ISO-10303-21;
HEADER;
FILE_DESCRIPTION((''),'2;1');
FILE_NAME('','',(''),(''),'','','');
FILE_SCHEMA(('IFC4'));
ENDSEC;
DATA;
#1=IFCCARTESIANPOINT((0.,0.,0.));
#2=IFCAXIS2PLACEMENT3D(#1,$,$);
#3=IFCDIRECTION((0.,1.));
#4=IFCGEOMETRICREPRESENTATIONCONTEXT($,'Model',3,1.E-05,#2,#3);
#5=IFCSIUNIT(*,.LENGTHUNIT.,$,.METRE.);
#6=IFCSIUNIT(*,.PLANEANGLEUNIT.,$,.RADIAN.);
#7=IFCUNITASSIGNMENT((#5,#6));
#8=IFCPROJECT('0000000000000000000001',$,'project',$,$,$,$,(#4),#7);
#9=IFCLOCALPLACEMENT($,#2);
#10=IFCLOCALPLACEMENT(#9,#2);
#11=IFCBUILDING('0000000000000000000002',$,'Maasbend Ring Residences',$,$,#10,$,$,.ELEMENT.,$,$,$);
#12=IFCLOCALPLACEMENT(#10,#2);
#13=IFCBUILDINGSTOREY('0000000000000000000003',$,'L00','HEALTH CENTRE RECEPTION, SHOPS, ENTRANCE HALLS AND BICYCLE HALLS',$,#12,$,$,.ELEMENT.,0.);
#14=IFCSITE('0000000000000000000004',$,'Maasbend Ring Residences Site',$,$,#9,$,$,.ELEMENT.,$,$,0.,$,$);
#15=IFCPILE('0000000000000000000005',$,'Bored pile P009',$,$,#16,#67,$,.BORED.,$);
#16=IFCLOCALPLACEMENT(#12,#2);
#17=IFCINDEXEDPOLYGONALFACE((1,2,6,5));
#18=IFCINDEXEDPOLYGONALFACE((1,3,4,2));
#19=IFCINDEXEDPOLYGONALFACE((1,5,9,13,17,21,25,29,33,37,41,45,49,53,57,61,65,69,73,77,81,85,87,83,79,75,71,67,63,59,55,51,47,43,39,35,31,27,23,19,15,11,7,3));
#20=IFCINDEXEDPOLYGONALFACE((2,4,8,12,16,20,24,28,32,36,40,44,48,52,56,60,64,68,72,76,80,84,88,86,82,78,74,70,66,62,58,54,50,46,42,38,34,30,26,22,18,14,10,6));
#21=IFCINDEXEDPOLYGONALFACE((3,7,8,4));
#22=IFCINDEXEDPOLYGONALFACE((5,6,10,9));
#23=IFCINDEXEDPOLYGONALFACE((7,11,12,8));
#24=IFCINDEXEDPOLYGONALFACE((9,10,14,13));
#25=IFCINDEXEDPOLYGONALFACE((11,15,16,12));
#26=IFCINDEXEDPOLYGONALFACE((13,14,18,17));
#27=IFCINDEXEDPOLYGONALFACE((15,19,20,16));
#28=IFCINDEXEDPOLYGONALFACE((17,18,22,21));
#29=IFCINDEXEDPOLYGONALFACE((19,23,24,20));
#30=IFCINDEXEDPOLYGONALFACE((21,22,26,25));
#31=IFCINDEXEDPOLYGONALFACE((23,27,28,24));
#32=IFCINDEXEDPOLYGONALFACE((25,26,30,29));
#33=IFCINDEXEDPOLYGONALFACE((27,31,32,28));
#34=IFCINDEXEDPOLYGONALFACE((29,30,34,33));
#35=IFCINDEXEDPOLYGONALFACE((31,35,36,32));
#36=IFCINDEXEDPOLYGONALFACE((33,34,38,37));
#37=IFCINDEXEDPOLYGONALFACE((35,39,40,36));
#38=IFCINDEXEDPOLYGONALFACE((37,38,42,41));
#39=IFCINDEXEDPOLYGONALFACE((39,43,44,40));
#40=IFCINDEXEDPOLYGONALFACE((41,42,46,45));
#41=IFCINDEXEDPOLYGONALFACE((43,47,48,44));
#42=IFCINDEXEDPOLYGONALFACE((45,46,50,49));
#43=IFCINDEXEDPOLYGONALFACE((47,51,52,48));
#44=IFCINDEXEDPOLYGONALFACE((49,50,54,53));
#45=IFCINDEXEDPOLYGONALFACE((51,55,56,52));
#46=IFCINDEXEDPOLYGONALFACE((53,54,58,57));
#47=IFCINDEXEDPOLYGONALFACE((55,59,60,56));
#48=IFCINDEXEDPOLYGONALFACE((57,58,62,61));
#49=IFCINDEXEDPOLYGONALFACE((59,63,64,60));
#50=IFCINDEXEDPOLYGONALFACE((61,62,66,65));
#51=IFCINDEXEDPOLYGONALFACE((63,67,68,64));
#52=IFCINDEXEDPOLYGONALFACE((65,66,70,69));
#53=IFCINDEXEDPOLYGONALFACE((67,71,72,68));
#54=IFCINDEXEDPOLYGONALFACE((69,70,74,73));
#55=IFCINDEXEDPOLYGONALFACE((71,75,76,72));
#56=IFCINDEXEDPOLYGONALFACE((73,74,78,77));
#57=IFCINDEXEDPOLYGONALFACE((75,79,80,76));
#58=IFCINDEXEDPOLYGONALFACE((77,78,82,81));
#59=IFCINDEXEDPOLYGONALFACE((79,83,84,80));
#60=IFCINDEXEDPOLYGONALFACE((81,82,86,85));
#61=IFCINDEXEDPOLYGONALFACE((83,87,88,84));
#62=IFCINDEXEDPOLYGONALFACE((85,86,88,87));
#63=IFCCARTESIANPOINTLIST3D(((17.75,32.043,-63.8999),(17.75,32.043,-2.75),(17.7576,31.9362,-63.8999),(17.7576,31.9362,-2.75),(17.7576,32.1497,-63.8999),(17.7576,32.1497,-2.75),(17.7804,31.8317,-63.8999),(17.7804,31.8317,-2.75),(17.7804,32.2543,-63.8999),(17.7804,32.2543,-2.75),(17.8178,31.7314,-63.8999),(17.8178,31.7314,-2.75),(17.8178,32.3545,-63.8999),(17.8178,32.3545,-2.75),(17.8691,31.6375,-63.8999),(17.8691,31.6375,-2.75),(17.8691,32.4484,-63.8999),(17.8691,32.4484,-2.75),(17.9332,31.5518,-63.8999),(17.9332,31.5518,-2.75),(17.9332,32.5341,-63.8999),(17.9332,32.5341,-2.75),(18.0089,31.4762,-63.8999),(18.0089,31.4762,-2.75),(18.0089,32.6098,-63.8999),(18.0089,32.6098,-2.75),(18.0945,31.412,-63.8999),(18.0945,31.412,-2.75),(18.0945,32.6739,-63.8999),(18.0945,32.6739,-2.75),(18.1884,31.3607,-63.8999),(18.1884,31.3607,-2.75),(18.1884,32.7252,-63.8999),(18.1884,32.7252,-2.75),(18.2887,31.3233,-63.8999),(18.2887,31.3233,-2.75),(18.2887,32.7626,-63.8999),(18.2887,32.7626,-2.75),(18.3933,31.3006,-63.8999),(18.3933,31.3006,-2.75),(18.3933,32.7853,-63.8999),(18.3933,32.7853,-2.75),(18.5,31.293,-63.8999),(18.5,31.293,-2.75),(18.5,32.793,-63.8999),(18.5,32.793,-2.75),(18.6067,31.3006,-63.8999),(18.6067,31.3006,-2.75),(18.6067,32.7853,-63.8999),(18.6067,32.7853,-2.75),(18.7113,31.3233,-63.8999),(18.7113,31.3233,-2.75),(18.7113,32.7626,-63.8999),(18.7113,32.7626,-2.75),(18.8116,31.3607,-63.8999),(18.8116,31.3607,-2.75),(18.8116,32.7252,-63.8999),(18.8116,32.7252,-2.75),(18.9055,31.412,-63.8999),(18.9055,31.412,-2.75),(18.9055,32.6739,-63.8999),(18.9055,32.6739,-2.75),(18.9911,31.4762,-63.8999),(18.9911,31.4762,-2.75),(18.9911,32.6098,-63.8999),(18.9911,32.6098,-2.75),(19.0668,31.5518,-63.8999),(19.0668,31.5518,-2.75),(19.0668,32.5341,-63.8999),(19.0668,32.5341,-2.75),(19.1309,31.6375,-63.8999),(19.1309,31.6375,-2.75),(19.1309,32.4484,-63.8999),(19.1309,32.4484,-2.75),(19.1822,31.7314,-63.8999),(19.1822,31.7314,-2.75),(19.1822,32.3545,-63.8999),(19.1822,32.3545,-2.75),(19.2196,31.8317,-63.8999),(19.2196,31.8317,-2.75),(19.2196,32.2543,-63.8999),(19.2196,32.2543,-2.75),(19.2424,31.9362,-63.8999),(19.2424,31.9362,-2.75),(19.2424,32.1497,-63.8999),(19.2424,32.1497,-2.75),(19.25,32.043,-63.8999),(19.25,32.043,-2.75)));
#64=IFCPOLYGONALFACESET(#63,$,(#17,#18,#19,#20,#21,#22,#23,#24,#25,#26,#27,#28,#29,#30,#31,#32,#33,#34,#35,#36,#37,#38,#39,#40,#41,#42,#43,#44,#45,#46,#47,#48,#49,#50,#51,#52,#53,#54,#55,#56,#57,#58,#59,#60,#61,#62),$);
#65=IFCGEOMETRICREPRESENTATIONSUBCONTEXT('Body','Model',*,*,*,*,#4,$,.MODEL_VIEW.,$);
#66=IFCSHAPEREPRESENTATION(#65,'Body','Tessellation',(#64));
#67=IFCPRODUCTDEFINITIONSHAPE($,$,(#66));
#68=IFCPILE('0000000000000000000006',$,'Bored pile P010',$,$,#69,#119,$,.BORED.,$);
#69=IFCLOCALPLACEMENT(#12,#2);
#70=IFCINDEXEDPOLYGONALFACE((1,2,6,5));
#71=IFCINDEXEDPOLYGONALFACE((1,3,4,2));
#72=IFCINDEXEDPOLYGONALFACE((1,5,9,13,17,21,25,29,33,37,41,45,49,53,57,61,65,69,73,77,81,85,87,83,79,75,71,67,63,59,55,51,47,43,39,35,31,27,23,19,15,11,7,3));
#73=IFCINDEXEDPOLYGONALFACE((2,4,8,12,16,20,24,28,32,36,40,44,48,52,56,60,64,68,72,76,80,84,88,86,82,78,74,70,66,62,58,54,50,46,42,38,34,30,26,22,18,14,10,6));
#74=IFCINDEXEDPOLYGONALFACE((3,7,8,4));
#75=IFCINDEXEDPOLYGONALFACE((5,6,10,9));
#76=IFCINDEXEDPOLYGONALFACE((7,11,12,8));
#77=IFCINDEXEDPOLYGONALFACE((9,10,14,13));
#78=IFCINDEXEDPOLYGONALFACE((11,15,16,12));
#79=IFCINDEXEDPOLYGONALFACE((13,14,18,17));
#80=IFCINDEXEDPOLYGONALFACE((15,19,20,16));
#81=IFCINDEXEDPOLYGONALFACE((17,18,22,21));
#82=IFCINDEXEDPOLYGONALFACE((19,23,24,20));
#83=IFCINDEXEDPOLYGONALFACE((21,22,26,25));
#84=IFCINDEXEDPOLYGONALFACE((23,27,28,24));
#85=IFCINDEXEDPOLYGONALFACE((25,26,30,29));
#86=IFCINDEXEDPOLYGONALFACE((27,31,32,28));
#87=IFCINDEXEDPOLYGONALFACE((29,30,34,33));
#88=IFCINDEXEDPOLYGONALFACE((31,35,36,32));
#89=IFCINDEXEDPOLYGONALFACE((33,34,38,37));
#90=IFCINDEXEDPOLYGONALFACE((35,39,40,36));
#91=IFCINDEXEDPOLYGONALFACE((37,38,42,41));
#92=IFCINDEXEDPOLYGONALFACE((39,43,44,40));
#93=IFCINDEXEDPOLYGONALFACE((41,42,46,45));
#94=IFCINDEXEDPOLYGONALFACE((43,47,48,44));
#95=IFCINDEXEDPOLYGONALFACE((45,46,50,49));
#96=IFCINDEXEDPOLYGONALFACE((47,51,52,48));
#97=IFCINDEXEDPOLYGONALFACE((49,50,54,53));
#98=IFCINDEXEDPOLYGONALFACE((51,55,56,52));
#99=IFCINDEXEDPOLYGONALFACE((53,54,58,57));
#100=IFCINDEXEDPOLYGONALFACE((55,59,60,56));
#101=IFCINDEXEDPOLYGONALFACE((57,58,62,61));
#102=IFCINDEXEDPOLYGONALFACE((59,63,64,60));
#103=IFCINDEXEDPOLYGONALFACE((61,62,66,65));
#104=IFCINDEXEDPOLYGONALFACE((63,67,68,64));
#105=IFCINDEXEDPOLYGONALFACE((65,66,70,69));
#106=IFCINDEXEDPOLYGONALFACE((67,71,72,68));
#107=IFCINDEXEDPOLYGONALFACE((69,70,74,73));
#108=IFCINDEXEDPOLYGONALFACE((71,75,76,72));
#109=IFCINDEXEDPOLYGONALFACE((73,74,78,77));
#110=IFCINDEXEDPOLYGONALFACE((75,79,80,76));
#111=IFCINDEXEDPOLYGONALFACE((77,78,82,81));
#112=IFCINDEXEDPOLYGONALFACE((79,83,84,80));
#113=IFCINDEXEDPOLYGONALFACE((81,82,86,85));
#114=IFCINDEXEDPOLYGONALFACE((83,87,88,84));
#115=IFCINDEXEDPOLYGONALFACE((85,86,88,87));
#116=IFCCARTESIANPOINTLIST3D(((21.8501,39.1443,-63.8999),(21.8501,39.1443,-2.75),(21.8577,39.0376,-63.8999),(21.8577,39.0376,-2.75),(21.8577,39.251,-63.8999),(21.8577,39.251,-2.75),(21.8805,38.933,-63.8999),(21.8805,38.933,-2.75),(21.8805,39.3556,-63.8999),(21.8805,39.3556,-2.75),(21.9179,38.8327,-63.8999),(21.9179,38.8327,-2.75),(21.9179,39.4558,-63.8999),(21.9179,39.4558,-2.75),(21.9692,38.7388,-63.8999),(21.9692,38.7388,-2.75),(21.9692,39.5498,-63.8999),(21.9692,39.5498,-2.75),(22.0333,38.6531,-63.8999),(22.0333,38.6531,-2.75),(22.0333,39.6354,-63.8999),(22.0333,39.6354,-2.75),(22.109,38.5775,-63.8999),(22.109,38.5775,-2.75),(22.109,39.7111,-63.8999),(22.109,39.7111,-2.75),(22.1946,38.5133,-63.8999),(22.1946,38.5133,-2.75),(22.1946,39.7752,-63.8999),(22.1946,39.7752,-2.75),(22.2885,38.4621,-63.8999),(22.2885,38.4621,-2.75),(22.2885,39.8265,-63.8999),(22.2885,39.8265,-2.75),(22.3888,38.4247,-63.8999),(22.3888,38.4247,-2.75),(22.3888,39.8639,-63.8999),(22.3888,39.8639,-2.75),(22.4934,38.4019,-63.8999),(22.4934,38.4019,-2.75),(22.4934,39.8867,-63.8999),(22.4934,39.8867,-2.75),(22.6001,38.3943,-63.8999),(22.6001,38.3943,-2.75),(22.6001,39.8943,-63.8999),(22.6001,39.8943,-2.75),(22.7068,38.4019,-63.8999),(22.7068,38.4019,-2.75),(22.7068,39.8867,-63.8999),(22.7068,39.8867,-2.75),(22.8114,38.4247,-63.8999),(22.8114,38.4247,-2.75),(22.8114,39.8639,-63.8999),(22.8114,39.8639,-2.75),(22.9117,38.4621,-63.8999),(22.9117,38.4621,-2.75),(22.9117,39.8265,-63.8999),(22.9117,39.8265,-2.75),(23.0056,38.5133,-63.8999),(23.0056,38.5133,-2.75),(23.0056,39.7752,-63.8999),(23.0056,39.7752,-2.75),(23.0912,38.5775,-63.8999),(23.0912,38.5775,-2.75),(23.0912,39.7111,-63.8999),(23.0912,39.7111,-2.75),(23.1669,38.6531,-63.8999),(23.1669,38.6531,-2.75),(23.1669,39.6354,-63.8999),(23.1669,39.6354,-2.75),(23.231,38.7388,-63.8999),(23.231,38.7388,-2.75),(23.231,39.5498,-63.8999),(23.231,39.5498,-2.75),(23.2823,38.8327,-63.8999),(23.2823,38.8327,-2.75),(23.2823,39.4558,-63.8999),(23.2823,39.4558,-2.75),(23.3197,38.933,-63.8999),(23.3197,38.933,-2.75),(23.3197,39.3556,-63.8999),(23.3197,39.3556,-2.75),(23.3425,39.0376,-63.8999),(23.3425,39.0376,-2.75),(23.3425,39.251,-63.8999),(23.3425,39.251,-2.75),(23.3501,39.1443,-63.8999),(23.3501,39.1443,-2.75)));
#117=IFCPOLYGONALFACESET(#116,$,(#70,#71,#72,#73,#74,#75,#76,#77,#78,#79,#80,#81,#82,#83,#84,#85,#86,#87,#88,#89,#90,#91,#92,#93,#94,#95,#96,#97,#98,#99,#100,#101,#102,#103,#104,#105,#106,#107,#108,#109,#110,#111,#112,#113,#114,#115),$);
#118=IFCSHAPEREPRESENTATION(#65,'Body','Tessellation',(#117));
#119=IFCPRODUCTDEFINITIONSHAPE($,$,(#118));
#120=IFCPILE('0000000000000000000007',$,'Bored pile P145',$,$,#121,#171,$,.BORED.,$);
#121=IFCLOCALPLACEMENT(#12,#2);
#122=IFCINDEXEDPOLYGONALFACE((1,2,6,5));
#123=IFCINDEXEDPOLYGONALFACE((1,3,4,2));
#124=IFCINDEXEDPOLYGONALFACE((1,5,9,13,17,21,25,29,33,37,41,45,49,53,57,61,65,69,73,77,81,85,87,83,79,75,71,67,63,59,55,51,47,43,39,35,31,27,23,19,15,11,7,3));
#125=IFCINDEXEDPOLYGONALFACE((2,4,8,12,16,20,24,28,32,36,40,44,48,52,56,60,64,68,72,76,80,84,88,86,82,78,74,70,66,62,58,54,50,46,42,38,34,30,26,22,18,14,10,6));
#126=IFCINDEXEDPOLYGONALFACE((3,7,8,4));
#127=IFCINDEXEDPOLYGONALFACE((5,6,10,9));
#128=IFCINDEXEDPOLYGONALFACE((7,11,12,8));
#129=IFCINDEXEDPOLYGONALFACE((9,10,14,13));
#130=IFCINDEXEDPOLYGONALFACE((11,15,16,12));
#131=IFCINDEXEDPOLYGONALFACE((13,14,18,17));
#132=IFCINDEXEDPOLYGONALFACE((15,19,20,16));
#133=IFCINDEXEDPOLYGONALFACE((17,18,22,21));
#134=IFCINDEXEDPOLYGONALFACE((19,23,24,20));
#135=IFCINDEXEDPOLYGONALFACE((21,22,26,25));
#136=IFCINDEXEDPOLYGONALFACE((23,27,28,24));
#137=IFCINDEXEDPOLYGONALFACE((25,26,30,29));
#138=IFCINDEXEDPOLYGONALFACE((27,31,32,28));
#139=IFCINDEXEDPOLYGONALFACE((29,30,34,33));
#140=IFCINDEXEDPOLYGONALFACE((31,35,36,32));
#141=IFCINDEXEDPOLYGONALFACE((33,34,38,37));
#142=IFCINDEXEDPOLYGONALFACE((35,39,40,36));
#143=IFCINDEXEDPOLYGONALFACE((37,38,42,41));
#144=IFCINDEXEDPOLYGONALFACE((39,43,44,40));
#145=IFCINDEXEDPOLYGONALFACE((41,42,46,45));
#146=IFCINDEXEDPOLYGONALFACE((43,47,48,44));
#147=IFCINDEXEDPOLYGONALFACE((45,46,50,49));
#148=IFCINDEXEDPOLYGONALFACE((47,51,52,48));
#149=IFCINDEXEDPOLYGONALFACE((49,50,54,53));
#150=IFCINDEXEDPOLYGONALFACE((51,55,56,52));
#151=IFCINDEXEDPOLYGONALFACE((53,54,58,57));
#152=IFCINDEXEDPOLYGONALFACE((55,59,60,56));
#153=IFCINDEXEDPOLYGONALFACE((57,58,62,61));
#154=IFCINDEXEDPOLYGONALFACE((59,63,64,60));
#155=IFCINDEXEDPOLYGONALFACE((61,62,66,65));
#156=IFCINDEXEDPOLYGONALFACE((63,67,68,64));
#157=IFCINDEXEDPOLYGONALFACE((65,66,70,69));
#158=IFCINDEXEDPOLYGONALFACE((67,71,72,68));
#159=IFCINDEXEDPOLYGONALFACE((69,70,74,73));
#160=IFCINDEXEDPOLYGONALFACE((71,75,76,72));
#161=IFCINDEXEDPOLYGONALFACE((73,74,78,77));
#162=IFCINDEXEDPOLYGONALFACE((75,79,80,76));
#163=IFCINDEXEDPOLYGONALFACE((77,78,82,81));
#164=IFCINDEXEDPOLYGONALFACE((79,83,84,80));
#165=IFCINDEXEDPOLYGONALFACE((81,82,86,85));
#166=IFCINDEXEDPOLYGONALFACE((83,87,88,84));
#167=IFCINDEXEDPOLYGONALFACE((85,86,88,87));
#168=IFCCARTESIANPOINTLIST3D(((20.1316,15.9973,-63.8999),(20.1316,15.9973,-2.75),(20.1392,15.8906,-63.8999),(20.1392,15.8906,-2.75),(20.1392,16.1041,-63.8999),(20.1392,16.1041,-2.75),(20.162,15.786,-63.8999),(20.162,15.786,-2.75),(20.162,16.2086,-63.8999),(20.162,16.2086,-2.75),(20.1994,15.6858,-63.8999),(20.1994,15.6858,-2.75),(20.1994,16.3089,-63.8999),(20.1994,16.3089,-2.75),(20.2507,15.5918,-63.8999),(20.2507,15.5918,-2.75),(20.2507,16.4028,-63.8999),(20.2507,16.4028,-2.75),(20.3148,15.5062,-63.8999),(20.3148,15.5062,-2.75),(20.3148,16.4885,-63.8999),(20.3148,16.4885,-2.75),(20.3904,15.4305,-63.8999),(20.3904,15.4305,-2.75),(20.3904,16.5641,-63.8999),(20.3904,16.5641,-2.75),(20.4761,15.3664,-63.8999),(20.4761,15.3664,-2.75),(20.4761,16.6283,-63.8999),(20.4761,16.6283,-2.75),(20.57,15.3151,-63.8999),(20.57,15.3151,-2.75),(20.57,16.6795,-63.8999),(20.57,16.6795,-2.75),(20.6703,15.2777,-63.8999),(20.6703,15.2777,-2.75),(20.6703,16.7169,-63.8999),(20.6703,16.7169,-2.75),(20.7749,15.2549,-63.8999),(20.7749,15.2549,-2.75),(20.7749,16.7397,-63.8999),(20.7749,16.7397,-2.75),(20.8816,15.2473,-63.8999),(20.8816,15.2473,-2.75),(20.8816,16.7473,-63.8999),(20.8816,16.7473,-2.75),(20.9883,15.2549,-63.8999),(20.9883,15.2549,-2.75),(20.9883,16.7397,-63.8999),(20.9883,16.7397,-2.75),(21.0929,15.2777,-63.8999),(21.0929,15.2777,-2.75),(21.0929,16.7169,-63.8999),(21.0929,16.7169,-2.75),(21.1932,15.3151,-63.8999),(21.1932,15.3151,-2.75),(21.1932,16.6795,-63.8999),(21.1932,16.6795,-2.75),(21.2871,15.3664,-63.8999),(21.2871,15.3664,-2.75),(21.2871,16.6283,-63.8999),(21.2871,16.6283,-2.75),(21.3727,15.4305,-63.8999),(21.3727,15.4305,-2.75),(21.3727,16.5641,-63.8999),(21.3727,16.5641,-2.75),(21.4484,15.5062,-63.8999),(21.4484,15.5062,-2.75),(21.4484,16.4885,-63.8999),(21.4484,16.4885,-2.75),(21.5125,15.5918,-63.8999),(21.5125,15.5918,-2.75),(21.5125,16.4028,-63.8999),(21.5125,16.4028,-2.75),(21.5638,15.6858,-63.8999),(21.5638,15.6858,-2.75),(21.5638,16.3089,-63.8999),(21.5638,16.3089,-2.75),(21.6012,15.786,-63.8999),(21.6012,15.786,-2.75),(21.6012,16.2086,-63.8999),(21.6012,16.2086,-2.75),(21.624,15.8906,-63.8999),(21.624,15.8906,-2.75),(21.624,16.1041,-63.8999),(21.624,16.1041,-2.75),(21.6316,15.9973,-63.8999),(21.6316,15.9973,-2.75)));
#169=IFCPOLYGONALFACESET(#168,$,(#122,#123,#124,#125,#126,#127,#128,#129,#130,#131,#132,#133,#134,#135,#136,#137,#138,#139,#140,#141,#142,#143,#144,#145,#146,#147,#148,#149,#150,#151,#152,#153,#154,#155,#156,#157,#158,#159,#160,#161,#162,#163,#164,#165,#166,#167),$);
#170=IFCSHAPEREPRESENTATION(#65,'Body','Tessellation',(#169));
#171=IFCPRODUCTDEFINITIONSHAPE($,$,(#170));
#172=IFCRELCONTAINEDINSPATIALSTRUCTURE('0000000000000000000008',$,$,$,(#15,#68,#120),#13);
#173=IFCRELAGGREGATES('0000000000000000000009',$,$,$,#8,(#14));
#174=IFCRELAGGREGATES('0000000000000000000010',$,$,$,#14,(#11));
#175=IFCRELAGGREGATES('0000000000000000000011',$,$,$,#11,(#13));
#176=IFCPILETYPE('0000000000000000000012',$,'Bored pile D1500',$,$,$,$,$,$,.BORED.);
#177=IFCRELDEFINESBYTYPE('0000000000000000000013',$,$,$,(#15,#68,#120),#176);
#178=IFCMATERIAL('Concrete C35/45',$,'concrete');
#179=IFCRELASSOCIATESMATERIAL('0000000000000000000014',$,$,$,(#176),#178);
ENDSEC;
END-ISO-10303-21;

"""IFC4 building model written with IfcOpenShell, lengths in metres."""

from ifc_helpers import new_model, si_unit, direction, frame, origin, origin_2d, place, context, subcontext, project, spatial, circle, extrude, material, material_profile, profile_set, type_object, element, save


model = new_model("IFC4")

# Units and contexts
model_context = context("Model", 3, precision=1e-05, world=origin(), true_north=direction((0.0, 1.0)))
body_context = subcontext(model_context, "Body", "Model", "MODEL_VIEW")
ifc_project = project(units=[si_unit("LENGTHUNIT", "METRE"), si_unit("PLANEANGLEUNIT", "RADIAN")], contexts=[model_context])

# Site, building, storey
site_placement = place(None, origin())
site = spatial("IfcSite", under=ifc_project, at=site_placement, Name="Maasbend Ring Residences Site", CompositionType="ELEMENT", RefElevation=0.0)
building_placement = place(site_placement, origin())
building = spatial("IfcBuilding", under=site, at=building_placement, Name="Maasbend Ring Residences", CompositionType="ELEMENT")
storey_placement = place(building_placement, origin())
storey = spatial("IfcBuildingStorey", under=building, at=storey_placement, Name="L00", Description="HEALTH CENTRE RECEPTION, SHOPS, ENTRANCE HALLS AND BICYCLE HALLS", CompositionType="ELEMENT", Elevation=0.0)

# Piles
ifc_material_1 = material(Name="Concrete C35/45", Category="concrete")
ifc_material_profile_1 = material_profile(ifc_material_1, circle(Radius=0.75, at=origin_2d()), Name="Bored pile D1500")
ifc_profile_set_1 = profile_set([ifc_material_profile_1], Name="Concrete C35/45")
pile_type = type_object("IfcPileType", Name="Bored pile D1500", PredefinedType="BORED", material=ifc_profile_set_1)
for number, where, z_axis, x_axis, name in (
    (1, (18.5, 32.043, -2.75), (0.0, 0.0, -1.0), (1.0, 0.0, 0.0), "Bored pile P009"),
    (2, (22.6001, 39.1443, -2.75), (0.0, 0.0, -1.0), (1.0, 0.0, 0.0), "Bored pile P010"),
    (3, (20.8816, 15.9973, -2.75), (0.0, 0.0, -1.0), (1.0, 0.0, 0.0), "Bored pile P145"),
):
    element("IfcPile", number, at=place(storey_placement, frame(where, z_axis=z_axis, x_axis=x_axis)), inside=storey, type_object=pile_type, Name=name, PredefinedType="BORED", context=body_context, shape_type="SweptSolid", body=[
        extrude(circle(Radius=0.75, at=origin_2d()), origin(), (0.0, 0.0, 1.0), 61.1499),
    ])

save(model, "model.ifc")
